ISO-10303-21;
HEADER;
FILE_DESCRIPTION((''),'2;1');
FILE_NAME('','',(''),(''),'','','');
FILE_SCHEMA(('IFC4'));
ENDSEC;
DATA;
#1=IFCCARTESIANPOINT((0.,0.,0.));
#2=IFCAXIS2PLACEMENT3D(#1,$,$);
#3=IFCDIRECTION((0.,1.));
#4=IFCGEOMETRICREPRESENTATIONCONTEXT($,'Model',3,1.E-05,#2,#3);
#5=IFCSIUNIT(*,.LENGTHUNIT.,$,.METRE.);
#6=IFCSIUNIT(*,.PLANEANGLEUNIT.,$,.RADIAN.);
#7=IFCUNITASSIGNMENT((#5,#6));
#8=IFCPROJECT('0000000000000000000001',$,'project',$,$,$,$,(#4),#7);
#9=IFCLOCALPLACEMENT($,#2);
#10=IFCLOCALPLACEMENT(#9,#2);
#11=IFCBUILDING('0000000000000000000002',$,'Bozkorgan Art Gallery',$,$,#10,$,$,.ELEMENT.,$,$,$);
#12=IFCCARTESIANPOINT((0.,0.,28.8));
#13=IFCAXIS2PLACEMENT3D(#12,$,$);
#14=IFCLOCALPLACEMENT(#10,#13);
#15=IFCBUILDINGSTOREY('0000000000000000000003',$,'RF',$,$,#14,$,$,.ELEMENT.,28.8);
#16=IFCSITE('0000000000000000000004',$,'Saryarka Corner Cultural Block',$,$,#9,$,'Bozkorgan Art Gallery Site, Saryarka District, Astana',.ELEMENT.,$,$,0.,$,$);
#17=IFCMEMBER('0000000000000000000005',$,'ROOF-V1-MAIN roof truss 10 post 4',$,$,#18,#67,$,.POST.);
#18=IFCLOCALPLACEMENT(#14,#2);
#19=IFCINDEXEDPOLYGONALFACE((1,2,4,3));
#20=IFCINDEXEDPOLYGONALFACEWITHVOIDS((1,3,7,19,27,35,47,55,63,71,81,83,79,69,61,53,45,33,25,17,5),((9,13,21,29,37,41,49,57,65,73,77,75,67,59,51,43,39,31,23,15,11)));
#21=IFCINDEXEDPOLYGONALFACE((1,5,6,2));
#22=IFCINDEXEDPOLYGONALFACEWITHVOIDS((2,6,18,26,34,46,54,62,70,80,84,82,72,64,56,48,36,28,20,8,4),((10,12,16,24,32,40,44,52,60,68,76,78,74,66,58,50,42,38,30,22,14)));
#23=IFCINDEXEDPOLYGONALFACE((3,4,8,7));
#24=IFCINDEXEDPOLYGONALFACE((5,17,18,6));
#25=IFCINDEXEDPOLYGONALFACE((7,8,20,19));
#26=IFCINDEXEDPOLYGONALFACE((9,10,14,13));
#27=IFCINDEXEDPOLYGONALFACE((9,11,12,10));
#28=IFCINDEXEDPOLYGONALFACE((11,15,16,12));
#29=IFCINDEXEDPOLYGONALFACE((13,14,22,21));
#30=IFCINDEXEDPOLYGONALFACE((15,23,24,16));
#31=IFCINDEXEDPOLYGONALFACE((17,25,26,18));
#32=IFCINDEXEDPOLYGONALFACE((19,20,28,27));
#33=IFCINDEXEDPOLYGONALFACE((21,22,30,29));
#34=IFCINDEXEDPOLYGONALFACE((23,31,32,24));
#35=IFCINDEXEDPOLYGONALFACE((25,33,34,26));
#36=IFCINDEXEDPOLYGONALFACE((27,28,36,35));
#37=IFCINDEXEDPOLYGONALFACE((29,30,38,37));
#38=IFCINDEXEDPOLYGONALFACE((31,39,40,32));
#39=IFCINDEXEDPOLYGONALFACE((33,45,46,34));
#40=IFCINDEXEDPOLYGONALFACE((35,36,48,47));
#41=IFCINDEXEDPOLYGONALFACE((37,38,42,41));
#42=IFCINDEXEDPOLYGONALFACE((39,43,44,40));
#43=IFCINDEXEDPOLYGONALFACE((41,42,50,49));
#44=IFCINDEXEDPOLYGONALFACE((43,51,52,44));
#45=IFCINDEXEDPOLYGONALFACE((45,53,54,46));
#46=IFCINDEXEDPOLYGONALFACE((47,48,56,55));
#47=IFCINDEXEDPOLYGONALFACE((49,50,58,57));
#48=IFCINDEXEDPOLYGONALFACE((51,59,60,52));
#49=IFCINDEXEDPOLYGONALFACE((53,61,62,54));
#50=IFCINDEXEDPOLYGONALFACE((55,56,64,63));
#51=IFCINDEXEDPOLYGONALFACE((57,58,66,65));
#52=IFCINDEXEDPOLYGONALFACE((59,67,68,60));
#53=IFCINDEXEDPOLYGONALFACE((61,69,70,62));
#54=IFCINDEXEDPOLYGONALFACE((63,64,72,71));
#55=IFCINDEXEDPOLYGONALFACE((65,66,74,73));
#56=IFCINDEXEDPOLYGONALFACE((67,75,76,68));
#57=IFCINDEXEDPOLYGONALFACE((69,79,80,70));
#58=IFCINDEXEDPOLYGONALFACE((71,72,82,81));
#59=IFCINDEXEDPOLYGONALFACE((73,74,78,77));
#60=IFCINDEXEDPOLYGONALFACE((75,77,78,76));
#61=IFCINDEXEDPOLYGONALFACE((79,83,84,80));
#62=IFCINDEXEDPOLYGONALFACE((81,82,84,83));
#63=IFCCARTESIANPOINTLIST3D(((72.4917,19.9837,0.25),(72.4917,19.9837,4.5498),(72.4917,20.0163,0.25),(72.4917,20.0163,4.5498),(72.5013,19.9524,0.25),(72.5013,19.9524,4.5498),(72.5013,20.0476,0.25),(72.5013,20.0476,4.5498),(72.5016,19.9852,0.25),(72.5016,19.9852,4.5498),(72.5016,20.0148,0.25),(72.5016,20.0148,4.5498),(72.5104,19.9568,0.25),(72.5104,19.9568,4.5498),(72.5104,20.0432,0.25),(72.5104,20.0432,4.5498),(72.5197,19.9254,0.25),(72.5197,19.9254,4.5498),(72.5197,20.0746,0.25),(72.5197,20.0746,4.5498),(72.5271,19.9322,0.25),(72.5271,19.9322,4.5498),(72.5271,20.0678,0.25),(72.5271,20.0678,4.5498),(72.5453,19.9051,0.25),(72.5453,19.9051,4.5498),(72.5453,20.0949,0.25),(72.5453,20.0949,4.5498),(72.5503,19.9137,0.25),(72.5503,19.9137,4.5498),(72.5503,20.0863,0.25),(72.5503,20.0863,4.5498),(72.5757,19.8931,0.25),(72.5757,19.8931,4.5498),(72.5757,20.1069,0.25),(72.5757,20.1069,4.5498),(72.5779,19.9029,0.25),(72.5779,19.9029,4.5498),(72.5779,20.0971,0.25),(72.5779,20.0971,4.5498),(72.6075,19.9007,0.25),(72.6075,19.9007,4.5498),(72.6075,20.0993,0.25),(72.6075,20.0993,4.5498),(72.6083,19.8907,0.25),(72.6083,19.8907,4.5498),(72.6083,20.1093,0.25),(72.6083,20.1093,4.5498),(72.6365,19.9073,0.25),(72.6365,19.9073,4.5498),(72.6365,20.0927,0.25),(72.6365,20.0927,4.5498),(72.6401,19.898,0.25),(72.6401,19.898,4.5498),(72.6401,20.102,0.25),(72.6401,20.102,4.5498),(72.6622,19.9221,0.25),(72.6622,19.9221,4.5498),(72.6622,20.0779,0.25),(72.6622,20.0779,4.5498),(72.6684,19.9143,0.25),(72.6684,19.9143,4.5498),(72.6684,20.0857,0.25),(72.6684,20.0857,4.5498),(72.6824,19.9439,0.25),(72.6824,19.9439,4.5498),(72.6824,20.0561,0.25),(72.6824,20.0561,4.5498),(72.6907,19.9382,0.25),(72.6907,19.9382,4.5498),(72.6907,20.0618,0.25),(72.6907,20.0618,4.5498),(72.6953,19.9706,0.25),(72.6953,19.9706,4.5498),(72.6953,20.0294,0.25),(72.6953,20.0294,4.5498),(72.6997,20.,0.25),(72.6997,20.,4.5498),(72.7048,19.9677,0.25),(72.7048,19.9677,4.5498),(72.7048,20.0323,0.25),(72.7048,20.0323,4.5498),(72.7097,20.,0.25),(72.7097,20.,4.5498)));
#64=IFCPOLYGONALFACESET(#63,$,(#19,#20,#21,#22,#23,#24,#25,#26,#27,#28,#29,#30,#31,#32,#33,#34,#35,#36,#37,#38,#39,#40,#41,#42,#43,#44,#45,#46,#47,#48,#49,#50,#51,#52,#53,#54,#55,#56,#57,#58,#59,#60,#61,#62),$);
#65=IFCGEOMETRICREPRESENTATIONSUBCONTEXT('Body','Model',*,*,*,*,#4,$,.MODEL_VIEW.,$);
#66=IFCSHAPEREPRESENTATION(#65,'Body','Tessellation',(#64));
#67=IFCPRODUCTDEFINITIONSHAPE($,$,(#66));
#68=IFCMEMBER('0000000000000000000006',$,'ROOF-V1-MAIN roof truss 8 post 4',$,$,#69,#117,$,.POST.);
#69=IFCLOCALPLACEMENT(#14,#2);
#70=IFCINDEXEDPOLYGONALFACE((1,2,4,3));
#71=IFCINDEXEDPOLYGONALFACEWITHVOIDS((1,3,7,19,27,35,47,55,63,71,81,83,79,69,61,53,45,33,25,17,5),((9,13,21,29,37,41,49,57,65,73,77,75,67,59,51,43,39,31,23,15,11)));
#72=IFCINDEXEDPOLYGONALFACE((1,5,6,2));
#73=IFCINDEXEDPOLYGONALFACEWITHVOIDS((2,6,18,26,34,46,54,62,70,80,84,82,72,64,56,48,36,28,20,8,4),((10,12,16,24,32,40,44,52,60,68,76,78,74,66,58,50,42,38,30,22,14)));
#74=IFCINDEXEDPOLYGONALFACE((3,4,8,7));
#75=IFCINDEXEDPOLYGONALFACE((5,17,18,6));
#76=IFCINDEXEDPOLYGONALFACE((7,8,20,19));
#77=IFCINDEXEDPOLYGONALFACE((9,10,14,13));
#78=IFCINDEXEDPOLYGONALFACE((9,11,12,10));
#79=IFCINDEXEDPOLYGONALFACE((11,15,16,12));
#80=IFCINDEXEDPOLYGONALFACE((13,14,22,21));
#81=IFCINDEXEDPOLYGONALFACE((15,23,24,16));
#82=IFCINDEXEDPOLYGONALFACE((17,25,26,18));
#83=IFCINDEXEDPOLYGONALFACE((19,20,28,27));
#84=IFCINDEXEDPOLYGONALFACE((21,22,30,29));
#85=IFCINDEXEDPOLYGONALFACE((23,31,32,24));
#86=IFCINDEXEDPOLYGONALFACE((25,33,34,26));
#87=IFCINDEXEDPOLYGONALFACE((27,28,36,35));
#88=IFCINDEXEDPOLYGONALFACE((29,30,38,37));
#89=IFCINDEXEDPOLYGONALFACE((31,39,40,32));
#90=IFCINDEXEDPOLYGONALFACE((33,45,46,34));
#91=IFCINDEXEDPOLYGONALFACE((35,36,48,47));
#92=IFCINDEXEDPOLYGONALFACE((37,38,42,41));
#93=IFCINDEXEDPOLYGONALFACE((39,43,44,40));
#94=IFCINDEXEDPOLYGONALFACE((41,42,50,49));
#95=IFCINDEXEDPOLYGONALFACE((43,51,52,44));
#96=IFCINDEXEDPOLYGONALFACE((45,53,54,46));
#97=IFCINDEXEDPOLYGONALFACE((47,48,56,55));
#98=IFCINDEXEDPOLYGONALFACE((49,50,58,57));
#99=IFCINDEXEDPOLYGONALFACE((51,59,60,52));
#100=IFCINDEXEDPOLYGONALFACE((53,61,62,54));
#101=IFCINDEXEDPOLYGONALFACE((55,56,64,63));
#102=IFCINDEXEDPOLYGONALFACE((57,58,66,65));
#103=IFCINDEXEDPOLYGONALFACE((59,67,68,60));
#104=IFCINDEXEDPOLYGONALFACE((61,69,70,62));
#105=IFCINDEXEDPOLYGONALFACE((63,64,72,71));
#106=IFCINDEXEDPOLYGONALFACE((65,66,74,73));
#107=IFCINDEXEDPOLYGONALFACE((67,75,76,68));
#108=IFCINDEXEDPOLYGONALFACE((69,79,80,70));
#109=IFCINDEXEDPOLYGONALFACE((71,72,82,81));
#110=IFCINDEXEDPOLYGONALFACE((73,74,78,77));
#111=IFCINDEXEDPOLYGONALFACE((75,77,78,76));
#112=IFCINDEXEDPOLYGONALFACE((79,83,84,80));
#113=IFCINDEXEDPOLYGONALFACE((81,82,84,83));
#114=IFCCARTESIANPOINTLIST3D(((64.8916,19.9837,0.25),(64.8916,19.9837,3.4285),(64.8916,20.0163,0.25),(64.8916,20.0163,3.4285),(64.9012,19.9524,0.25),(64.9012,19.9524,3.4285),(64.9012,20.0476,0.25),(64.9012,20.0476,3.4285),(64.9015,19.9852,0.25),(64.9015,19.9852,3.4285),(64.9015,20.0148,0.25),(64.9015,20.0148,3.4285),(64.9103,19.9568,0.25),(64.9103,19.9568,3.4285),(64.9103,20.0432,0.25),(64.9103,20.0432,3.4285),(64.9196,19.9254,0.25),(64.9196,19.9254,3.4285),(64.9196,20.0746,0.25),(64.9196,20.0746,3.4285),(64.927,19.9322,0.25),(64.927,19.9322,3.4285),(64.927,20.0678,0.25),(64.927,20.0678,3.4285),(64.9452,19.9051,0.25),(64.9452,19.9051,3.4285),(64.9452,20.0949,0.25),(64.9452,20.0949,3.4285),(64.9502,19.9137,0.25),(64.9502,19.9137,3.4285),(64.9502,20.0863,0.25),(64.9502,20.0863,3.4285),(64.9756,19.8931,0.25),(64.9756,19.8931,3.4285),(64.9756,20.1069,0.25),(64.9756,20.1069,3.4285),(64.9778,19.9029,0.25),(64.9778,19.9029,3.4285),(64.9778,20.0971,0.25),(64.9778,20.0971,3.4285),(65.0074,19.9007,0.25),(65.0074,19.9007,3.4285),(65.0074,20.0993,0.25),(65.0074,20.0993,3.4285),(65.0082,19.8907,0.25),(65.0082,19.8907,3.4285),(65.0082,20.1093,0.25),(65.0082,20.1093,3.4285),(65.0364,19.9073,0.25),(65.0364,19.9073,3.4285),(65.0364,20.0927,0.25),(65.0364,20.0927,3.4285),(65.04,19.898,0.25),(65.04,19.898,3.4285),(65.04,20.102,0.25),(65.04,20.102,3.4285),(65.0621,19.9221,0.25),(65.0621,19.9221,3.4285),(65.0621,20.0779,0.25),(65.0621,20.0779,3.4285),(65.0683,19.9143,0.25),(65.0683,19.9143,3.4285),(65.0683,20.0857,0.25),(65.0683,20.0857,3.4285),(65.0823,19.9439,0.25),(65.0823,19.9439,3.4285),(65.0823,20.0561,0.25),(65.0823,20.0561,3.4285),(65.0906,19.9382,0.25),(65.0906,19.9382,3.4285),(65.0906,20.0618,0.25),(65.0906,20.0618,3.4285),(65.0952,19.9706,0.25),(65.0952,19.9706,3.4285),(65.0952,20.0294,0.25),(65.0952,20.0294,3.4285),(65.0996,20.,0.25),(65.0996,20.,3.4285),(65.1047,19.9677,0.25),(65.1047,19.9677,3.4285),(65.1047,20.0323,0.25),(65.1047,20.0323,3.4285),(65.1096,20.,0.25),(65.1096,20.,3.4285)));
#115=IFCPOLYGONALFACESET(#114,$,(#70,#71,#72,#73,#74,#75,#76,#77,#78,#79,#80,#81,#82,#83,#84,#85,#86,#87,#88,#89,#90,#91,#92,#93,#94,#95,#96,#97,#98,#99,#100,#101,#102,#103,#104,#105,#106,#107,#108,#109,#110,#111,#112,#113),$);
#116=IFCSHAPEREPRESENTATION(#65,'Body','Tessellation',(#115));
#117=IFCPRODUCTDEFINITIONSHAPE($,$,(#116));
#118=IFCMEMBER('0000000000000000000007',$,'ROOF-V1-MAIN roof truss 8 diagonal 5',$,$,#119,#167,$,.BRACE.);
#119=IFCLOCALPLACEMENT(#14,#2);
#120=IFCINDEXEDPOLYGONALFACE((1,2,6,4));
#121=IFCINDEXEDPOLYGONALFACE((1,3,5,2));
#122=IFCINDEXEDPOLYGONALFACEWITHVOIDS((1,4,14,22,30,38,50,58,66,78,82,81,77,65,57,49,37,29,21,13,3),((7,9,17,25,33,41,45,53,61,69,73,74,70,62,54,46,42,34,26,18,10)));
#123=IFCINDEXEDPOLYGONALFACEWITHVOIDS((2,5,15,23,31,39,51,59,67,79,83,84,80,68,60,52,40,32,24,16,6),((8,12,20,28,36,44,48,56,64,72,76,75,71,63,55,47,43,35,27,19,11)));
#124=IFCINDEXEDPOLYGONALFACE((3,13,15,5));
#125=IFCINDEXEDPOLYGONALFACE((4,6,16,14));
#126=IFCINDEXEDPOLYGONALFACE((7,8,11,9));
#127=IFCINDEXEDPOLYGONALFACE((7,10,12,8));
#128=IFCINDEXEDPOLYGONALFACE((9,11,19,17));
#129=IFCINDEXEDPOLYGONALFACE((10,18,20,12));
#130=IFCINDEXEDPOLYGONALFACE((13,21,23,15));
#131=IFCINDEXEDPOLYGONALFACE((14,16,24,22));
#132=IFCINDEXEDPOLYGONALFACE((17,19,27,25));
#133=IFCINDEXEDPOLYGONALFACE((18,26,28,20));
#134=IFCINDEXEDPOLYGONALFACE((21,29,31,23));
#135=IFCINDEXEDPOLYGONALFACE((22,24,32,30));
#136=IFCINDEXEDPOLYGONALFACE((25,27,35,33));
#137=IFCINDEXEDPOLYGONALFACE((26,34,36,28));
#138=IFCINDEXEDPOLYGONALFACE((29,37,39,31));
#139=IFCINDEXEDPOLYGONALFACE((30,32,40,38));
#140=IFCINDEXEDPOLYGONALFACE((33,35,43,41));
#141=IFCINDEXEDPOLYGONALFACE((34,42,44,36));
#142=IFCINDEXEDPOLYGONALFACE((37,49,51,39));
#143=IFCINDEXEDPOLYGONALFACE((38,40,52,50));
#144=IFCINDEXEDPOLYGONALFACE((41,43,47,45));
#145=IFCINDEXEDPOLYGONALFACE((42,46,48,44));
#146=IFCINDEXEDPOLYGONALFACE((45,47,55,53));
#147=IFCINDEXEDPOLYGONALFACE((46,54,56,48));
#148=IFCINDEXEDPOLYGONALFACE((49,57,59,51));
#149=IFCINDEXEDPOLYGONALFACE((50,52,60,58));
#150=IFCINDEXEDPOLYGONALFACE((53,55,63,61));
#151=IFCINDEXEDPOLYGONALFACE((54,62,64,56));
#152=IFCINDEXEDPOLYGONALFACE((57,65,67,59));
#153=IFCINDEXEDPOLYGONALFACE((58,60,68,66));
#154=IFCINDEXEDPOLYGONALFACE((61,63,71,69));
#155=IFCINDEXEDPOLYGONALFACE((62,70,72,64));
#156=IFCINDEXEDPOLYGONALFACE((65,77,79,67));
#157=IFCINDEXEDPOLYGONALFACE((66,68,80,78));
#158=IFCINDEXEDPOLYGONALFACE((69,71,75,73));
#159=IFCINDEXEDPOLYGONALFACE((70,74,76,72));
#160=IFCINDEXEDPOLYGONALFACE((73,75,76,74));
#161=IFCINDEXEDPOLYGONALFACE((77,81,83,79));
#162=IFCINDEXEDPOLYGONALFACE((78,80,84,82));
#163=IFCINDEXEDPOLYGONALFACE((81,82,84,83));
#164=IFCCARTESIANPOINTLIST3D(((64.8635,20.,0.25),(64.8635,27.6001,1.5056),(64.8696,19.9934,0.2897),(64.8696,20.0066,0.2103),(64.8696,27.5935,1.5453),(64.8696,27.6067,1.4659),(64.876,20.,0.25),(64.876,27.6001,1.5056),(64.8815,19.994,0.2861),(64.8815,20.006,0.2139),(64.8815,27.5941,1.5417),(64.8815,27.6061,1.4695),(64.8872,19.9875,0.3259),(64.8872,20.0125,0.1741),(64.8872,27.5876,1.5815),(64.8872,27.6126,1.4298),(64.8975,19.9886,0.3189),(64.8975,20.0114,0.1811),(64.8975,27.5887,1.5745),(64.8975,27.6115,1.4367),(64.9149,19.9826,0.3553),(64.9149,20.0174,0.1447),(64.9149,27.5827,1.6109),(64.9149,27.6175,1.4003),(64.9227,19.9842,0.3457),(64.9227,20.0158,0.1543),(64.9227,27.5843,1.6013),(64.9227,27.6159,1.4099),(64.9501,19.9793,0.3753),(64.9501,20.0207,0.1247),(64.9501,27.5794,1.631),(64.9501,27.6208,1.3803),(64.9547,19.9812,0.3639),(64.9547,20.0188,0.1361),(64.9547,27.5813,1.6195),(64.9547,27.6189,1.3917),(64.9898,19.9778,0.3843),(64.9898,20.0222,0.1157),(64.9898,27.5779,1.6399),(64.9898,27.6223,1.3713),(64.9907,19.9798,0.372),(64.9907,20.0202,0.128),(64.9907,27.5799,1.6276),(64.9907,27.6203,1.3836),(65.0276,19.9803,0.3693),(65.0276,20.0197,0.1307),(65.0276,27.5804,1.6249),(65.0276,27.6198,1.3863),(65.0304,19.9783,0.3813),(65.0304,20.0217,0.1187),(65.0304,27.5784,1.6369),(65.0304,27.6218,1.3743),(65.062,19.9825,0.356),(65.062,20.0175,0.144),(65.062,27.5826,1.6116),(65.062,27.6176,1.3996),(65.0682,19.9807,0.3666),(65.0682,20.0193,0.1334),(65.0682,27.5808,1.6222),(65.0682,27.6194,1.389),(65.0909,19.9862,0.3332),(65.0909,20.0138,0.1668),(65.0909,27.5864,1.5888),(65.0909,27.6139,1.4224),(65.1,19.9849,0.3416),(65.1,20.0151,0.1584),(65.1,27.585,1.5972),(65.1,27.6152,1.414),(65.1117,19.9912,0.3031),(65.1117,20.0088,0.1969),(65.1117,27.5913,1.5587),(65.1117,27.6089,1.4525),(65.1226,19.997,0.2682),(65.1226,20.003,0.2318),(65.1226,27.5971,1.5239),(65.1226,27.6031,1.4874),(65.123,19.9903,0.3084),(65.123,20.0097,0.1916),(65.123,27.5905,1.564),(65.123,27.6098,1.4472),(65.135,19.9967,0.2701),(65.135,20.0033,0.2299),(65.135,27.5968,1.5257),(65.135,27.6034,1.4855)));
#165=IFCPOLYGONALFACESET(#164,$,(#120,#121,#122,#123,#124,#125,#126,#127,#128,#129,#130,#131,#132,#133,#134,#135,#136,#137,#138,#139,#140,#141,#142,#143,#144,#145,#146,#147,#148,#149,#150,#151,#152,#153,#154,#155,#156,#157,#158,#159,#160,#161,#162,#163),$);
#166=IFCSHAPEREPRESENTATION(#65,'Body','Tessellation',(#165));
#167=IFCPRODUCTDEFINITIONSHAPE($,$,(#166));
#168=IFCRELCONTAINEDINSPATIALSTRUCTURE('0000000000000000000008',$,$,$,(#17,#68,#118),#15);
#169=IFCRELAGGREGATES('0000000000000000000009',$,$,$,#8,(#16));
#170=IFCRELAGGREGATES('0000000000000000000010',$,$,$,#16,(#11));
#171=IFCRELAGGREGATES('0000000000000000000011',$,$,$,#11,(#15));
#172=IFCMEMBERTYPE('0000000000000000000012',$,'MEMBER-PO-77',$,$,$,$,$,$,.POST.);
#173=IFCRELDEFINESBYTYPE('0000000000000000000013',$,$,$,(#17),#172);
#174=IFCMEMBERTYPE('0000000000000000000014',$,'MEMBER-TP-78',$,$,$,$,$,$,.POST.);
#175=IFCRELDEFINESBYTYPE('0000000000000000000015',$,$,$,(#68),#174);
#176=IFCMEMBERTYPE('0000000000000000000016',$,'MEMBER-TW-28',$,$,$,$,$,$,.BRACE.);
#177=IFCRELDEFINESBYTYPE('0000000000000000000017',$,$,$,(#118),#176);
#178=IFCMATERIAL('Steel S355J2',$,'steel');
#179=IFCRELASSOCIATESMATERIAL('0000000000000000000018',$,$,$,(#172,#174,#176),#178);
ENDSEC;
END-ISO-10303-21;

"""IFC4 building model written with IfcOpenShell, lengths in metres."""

from ifc_helpers import new_model, si_unit, direction, frame, origin, origin_2d, place, context, subcontext, project, spatial, hollow_circle, extrude, material, material_profile, profile_set, type_object, element, save


model = new_model("IFC4")

# Units and contexts
model_context = context("Model", 3, precision=1e-05, world=origin(), true_north=direction((0.0, 1.0)))
body_context = subcontext(model_context, "Body", "Model", "MODEL_VIEW")
ifc_project = project(units=[si_unit("LENGTHUNIT", "METRE"), si_unit("PLANEANGLEUNIT", "RADIAN")], contexts=[model_context])

# Site, building, storey
site_placement = place(None, origin())
site = spatial("IfcSite", under=ifc_project, at=site_placement, Name="Saryarka Corner Cultural Block", LongName="Bozkorgan Art Gallery Site, Saryarka District, Astana", CompositionType="ELEMENT", RefElevation=0.0)
building_placement = place(site_placement, origin())
building = spatial("IfcBuilding", under=site, at=building_placement, Name="Bozkorgan Art Gallery", CompositionType="ELEMENT")
storey_placement = place(building_placement, frame((0.0, 0.0, 28.8)))
storey = spatial("IfcBuildingStorey", under=building, at=storey_placement, Name="RF", CompositionType="ELEMENT", Elevation=28.8)

# Members
ifc_material_1 = material(Name="Steel S355J2", Category="steel")
ifc_material_profile_1 = material_profile(ifc_material_1, hollow_circle(Radius=0.1096, WallThickness=0.01, at=origin_2d()), Name="CHS 219.1x10")
ifc_profile_set_1 = profile_set([ifc_material_profile_1], Name="Steel S355J2")
member_type_1 = type_object("IfcMemberType", Name="MEMBER-PO-77", PredefinedType="POST", material=ifc_profile_set_1)
member_1_placement = place(storey_placement, frame((72.6001, 20.0, 0.25), z_axis=(0.0, 0.0, 1.0), x_axis=(1.0, 0.0, 0.0)))
element("IfcMember", 1, at=member_1_placement, inside=storey, type_object=member_type_1, Name="ROOF-V1-MAIN roof truss 10 post 4", PredefinedType="POST", context=body_context, shape_type="SweptSolid", body=[
    extrude(hollow_circle(Radius=0.1096, WallThickness=0.01, at=origin_2d()), origin(), (0.0, 0.0, 1.0), 4.2998),
])
ifc_material_profile_2 = material_profile(ifc_material_1, hollow_circle(Radius=0.1096, WallThickness=0.01, at=origin_2d()), Name="CHS 219.1x10")
ifc_profile_set_2 = profile_set([ifc_material_profile_2], Name="Steel S355J2")
member_type_2 = type_object("IfcMemberType", Name="MEMBER-TP-78", PredefinedType="POST", material=ifc_profile_set_2)
member_2_placement = place(storey_placement, frame((65.0, 20.0, 0.25), z_axis=(0.0, 0.0, 1.0), x_axis=(1.0, 0.0, 0.0)))
element("IfcMember", 2, at=member_2_placement, inside=storey, type_object=member_type_2, Name="ROOF-V1-MAIN roof truss 8 post 4", PredefinedType="POST", context=body_context, shape_type="SweptSolid", body=[
    extrude(hollow_circle(Radius=0.1096, WallThickness=0.01, at=origin_2d()), origin(), (0.0, 0.0, 1.0), 3.1785),
])
ifc_material_profile_3 = material_profile(ifc_material_1, hollow_circle(Radius=0.1365, WallThickness=0.0125, at=origin_2d()), Name="CHS 273x12.5")
ifc_profile_set_3 = profile_set([ifc_material_profile_3], Name="Steel S355J2")
member_type_3 = type_object("IfcMemberType", Name="MEMBER-TW-28", PredefinedType="BRACE", material=ifc_profile_set_3)
member_3_placement = place(storey_placement, frame((65.0, 20.0, 0.25), z_axis=(0.0, 0.986626, 0.163001), x_axis=(-1.0, 0.0, 0.0)))
element("IfcMember", 3, at=member_3_placement, inside=storey, type_object=member_type_3, Name="ROOF-V1-MAIN roof truss 8 diagonal 5", PredefinedType="BRACE", context=body_context, shape_type="SweptSolid", body=[
    extrude(hollow_circle(Radius=0.1365, WallThickness=0.0125, at=origin_2d()), origin(), (0.0, 0.0, 1.0), 7.7031),
])

save(model, "model.ifc")
